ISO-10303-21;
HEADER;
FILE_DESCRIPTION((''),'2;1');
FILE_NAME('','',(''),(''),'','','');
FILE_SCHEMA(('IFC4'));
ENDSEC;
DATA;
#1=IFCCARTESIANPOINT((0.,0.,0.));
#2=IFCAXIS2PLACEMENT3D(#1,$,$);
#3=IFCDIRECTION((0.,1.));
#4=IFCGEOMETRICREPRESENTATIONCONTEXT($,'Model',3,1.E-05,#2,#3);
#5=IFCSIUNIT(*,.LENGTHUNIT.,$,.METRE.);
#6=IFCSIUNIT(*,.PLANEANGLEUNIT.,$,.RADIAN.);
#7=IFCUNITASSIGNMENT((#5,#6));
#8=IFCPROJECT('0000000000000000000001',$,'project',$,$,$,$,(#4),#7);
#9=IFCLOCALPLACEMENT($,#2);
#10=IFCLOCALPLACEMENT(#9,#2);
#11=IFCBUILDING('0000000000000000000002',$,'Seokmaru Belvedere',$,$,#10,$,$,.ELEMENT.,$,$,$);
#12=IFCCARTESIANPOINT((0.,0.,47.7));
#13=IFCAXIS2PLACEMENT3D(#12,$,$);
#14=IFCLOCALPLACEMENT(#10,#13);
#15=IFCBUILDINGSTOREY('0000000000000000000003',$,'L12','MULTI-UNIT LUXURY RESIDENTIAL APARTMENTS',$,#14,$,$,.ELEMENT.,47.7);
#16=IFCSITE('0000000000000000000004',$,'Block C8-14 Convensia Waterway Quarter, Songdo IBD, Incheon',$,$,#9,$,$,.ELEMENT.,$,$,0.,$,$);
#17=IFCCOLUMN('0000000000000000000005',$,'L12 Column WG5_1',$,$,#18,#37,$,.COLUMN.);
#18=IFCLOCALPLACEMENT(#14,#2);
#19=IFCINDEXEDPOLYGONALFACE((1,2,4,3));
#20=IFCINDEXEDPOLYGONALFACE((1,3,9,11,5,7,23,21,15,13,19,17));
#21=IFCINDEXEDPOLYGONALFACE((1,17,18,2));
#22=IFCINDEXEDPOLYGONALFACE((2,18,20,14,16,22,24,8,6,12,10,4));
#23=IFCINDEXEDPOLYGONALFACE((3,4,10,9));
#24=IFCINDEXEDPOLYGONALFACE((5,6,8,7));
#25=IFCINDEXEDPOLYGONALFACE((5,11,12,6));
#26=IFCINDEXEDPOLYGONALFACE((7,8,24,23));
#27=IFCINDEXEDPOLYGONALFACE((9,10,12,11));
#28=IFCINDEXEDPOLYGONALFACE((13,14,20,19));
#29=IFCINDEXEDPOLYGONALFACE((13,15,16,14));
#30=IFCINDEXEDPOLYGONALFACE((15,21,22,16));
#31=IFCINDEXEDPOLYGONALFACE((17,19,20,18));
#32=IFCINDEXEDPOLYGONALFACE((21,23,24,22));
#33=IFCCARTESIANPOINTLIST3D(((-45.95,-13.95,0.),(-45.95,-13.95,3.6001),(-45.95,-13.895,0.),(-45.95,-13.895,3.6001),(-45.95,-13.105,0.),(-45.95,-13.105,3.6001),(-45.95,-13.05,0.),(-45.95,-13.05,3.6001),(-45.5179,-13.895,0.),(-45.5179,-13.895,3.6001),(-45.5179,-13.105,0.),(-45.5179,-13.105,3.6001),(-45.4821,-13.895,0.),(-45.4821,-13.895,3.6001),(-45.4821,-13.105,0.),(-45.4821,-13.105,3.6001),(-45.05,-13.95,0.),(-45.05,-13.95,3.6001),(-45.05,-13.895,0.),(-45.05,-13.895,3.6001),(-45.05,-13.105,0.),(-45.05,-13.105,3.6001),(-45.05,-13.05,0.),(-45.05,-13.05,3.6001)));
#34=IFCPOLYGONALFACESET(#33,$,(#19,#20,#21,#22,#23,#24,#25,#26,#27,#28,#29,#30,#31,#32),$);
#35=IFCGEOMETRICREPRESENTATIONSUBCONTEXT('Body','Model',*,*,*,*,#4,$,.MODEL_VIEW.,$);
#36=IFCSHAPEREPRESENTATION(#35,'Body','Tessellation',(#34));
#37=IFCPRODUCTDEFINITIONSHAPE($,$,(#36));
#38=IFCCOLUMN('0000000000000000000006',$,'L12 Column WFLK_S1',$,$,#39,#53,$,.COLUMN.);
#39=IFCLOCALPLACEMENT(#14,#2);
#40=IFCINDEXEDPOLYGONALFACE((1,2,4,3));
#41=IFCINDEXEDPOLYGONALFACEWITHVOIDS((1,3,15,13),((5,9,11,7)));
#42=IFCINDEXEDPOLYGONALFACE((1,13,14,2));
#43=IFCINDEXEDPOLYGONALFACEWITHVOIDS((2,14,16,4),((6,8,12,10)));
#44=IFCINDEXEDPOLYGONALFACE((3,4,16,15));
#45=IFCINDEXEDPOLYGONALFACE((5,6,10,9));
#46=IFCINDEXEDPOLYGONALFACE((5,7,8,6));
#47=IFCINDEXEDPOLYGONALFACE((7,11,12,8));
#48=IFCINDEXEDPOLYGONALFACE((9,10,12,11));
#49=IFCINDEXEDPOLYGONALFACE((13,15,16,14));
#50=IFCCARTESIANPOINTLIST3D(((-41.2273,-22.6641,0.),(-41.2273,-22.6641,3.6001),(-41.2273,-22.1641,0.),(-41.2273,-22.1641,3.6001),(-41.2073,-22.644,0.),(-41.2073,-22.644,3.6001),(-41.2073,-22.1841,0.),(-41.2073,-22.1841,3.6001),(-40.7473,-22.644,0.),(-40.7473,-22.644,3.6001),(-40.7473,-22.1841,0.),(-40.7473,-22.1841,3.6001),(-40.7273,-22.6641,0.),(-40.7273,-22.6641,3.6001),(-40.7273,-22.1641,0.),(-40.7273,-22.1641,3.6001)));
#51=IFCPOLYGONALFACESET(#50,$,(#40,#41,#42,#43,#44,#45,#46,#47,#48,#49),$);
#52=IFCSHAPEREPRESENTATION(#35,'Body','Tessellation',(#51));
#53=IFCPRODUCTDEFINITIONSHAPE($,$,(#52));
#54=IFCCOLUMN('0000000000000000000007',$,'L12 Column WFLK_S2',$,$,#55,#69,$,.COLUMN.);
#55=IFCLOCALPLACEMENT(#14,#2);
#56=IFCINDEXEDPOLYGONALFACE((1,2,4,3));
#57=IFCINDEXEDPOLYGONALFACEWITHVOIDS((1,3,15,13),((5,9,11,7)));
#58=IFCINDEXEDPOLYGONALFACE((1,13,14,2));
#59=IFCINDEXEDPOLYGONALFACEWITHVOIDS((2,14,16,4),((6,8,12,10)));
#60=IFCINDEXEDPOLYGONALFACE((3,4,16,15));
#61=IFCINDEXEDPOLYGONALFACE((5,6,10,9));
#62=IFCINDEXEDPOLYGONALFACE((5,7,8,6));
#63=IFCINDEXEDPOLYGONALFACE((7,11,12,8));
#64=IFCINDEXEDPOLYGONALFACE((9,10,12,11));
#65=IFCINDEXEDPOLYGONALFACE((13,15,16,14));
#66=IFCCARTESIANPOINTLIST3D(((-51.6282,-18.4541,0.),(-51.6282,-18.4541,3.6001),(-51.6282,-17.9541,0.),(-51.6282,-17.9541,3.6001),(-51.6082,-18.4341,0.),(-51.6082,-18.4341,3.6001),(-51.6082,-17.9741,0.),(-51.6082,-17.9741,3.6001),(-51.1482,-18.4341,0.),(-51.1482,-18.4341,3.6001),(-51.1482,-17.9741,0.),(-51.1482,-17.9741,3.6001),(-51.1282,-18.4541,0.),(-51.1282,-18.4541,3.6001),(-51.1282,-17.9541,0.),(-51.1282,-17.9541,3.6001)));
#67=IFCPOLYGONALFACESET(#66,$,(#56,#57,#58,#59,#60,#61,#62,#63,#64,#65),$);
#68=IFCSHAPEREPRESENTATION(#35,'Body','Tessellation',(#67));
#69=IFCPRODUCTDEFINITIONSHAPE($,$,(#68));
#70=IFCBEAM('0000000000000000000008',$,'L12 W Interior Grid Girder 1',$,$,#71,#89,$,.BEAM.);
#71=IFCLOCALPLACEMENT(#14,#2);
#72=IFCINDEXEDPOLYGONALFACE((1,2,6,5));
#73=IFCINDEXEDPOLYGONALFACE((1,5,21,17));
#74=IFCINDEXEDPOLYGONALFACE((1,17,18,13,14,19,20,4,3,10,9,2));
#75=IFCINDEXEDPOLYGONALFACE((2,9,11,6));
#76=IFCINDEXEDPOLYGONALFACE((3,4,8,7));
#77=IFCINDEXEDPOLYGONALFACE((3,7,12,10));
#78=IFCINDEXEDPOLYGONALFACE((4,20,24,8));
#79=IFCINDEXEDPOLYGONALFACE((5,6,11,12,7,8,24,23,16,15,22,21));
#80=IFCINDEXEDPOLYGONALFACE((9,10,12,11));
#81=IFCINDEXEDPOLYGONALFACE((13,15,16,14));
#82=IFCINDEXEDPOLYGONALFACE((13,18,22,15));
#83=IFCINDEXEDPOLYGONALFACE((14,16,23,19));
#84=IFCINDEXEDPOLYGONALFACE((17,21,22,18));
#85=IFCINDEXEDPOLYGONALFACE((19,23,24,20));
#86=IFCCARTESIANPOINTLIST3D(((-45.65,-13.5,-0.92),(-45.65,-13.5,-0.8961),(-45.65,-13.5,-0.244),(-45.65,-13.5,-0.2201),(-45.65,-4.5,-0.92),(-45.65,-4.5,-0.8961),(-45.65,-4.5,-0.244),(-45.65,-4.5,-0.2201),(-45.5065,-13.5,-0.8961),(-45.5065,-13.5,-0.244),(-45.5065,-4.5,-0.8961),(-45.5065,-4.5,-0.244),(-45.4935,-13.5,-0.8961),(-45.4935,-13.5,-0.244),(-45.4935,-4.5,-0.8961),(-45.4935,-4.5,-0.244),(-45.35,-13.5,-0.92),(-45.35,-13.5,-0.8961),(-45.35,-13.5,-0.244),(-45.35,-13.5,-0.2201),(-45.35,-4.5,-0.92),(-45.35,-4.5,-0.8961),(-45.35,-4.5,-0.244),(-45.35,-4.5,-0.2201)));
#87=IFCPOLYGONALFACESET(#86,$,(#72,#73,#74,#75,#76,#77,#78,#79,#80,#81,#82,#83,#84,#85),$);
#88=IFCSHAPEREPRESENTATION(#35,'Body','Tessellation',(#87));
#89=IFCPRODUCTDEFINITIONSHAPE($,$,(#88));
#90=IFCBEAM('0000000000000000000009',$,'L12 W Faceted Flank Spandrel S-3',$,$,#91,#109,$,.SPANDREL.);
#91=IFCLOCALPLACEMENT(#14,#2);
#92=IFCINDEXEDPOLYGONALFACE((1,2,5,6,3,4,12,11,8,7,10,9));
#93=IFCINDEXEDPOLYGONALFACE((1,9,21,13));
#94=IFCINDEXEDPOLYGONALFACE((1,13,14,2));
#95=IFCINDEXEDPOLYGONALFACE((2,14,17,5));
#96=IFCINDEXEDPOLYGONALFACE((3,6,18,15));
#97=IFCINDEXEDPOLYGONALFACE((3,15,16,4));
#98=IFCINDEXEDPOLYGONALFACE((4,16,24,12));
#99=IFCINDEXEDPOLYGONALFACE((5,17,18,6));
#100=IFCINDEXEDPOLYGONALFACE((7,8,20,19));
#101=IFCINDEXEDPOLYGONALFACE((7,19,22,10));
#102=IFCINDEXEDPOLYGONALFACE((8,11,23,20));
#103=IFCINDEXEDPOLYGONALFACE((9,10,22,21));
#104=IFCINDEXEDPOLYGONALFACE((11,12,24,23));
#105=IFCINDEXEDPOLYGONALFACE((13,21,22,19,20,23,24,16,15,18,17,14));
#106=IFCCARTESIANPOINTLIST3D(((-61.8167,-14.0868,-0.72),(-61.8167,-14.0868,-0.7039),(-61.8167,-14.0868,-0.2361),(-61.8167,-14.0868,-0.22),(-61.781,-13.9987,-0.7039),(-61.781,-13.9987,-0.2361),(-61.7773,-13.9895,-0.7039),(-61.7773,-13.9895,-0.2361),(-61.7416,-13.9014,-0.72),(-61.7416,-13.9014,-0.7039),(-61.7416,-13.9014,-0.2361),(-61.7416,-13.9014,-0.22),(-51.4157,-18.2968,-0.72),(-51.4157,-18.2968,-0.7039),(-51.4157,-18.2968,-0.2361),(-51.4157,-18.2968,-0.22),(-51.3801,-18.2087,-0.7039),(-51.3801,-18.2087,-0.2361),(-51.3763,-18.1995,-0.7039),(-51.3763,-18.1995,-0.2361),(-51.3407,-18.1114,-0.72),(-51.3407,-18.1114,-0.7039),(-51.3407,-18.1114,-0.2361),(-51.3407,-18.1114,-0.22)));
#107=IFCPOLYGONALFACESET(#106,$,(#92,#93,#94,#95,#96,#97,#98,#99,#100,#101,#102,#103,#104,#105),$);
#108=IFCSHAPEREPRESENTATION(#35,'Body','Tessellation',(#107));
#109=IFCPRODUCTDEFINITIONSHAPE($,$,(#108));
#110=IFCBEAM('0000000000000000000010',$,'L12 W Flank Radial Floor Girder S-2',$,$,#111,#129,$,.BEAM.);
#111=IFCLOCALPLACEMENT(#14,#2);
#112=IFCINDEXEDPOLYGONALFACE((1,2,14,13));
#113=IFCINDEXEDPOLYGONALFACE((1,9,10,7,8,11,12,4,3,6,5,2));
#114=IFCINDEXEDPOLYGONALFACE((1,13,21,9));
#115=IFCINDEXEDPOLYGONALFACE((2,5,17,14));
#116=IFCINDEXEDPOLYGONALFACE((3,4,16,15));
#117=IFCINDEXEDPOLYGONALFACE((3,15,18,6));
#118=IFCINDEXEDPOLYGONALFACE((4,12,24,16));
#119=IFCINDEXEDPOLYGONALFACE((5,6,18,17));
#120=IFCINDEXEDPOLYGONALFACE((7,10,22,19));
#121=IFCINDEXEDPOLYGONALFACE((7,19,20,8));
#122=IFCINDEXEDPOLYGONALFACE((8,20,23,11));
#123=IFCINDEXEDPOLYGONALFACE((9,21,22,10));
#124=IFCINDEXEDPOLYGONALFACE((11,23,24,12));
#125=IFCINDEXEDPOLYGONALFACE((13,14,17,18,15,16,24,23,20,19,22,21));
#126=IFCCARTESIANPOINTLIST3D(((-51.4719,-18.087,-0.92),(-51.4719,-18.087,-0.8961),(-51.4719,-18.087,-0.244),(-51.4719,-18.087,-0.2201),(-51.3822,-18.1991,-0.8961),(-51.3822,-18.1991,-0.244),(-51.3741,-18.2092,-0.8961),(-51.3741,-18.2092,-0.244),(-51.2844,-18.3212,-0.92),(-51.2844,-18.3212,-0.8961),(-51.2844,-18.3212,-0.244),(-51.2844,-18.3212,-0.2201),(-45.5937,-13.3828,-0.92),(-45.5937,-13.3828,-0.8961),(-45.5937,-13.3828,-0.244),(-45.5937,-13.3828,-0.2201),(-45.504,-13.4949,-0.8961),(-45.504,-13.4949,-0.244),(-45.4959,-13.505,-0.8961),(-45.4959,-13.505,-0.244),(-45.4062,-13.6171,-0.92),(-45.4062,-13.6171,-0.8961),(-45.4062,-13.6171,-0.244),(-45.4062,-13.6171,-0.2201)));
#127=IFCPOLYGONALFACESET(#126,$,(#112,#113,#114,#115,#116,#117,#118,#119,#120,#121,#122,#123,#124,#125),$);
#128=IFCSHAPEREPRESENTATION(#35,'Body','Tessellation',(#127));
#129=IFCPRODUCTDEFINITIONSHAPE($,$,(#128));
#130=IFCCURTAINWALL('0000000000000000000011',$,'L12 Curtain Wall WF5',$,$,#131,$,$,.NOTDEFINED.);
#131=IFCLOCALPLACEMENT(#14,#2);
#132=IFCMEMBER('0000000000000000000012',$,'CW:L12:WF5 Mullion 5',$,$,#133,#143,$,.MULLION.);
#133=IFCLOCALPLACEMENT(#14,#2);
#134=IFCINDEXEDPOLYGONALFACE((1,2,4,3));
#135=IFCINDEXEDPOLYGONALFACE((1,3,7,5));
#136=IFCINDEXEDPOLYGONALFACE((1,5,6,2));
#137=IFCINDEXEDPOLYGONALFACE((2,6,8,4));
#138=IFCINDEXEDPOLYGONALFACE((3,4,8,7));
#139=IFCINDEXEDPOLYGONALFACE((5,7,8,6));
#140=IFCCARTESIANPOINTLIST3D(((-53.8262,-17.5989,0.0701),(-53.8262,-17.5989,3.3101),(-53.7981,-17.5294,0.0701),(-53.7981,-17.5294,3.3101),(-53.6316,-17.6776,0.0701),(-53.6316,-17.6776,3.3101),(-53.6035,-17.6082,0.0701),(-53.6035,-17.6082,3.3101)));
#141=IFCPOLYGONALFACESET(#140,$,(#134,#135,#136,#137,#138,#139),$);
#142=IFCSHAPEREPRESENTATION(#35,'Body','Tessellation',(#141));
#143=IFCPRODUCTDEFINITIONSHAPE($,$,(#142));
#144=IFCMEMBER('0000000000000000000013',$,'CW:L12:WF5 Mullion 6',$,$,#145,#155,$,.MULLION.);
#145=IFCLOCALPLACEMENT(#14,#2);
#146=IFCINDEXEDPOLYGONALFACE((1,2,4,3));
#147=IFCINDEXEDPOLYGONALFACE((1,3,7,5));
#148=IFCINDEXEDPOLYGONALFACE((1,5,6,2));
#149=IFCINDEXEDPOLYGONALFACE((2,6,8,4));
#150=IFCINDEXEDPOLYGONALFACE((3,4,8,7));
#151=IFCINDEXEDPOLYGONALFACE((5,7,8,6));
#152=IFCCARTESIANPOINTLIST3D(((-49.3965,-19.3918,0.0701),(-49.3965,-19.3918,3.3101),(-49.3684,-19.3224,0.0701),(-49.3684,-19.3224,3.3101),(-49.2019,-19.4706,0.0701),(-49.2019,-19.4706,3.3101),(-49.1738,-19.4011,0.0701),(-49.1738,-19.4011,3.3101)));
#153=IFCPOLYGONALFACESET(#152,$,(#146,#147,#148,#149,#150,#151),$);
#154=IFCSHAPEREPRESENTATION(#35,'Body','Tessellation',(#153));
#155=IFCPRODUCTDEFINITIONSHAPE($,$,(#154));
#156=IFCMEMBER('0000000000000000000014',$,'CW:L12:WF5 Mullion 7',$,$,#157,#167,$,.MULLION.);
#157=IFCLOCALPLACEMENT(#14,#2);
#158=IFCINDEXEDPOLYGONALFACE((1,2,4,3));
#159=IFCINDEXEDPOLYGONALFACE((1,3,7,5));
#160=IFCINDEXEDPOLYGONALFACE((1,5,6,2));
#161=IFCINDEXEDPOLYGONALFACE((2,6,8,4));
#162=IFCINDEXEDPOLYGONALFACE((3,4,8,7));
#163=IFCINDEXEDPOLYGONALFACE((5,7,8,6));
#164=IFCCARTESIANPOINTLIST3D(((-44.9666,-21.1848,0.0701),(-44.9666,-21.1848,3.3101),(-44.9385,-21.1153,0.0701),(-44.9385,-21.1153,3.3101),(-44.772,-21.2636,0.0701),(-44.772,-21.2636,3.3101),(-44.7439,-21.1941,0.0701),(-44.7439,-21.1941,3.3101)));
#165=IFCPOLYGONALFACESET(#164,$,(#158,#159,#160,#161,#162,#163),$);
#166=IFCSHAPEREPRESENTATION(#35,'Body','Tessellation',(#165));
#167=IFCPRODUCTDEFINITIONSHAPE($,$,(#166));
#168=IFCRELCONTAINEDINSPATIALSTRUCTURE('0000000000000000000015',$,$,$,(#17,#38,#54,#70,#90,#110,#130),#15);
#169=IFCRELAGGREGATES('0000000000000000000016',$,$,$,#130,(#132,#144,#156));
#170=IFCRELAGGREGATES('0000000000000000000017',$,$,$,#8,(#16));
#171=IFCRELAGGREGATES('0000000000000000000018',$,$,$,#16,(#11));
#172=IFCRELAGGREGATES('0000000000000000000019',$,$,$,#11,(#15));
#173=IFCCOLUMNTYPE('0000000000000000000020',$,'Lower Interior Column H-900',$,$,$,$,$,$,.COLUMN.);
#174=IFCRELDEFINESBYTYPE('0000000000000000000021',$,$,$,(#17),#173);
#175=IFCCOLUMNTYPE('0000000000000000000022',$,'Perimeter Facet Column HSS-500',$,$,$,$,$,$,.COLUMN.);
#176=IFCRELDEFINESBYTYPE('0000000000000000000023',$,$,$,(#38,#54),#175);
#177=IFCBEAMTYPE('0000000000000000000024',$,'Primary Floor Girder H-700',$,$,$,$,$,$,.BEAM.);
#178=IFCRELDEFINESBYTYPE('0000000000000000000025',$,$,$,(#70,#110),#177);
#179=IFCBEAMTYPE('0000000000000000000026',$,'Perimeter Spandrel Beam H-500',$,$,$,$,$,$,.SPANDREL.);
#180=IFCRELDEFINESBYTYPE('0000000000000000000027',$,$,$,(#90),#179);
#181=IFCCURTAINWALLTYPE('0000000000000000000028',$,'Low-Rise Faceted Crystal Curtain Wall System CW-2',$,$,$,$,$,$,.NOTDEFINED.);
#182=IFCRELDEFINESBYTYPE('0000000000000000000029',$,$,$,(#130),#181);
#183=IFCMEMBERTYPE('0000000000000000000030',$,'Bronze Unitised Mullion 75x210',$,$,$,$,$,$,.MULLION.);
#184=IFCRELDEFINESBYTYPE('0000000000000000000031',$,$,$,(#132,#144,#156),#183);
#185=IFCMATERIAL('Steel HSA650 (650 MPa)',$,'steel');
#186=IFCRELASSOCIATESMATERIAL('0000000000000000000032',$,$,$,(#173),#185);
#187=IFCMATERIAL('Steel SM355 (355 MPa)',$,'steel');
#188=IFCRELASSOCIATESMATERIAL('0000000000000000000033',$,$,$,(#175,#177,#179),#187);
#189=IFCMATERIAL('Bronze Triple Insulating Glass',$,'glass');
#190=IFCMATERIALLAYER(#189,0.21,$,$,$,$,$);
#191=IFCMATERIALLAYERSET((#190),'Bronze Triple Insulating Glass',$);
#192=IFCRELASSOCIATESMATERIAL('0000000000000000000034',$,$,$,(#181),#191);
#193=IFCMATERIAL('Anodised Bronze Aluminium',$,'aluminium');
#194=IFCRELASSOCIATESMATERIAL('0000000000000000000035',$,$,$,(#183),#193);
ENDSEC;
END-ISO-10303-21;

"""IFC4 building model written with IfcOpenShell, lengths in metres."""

from ifc_helpers import new_model, si_unit, direction, frame, origin, origin_2d, place, context, subcontext, project, spatial, rectangle, hollow_rectangle, i_section, extrude, source, transform, mapped, material, layer, layer_set, material_profile, profile_set, type_object, type_shapes, element, aggregate, save


model = new_model("IFC4")

# Units and contexts
model_context = context("Model", 3, precision=1e-05, world=origin(), true_north=direction((0.0, 1.0)))
body_context = subcontext(model_context, "Body", "Model", "MODEL_VIEW")
ifc_project = project(units=[si_unit("LENGTHUNIT", "METRE"), si_unit("PLANEANGLEUNIT", "RADIAN")], contexts=[model_context])

# Site, building, storey
site_placement = place(None, origin())
site = spatial("IfcSite", under=ifc_project, at=site_placement, Name="Block C8-14 Convensia Waterway Quarter, Songdo IBD, Incheon", CompositionType="ELEMENT", RefElevation=0.0)
building_placement = place(site_placement, origin())
building = spatial("IfcBuilding", under=site, at=building_placement, Name="Seokmaru Belvedere", CompositionType="ELEMENT")
storey_placement = place(building_placement, frame((0.0, 0.0, 47.7)))
storey = spatial("IfcBuildingStorey", under=building, at=storey_placement, Name="L12", Description="MULTI-UNIT LUXURY RESIDENTIAL APARTMENTS", CompositionType="ELEMENT", Elevation=47.7)

# Columns
ifc_material_1 = material(Name="Steel HSA650 (650 MPa)", Category="steel")
ifc_material_profile_1 = material_profile(ifc_material_1, i_section(OverallWidth=0.8999, OverallDepth=0.8999, WebThickness=0.0359, FlangeThickness=0.0549, at=origin_2d()), Name="H-900x900x36x55")
ifc_profile_set_1 = profile_set([ifc_material_profile_1], Name="Steel HSA650 (650 MPa)")
column_type_1 = type_object("IfcColumnType", Name="Lower Interior Column H-900", PredefinedType="COLUMN", material=ifc_profile_set_1)
shared_shape_1 = source(origin(), body_context, "Body", "SweptSolid", [
    extrude(i_section(OverallWidth=0.8999, OverallDepth=0.8999, WebThickness=0.0359, FlangeThickness=0.0549, at=origin_2d()), origin(), (0.0, 0.0, 1.0), 3.6001),
])
type_shapes(column_type_1, [shared_shape_1])
column_placement = place(storey_placement, frame((-45.5, -13.5, 0.0), z_axis=(0.0, 0.0, 1.0), x_axis=(1.0, 0.0, 0.0)))
element("IfcColumn", 1, at=column_placement, inside=storey, type_object=column_type_1, Name="L12 Column WG5_1", PredefinedType="COLUMN", context=body_context, shape_type="MappedRepresentation", body=[
    mapped(shared_shape_1, transform((0.0, 0.0, 0.0), scale=1.0)),
])
ifc_material_2 = material(Name="Steel SM355 (355 MPa)", Category="steel")
ifc_material_profile_2 = material_profile(ifc_material_2, hollow_rectangle(XDim=0.5, YDim=0.5, WallThickness=0.02, at=origin_2d()), Name="HSS-500x500x20")
ifc_profile_set_2 = profile_set([ifc_material_profile_2], Name="Steel SM355 (355 MPa)")
column_type_2 = type_object("IfcColumnType", Name="Perimeter Facet Column HSS-500", PredefinedType="COLUMN", material=ifc_profile_set_2)
shared_shape_2 = source(origin(), body_context, "Body", "SweptSolid", [
    extrude(hollow_rectangle(XDim=0.5, YDim=0.5, WallThickness=0.02, at=origin_2d()), origin(), (0.0, 0.0, 1.0), 3.6001),
])
type_shapes(column_type_2, [shared_shape_2])
for number, where, z_axis, x_axis, name in (
    (2, (-40.9773, -22.4141, 0.0), (0.0, 0.0, 1.0), (1.0, 0.0, 0.0), "L12 Column WFLK_S1"),
    (3, (-51.3782, -18.2041, 0.0), (0.0, 0.0, 1.0), (1.0, 0.0, 0.0), "L12 Column WFLK_S2"),
):
    element("IfcColumn", number, at=place(storey_placement, frame(where, z_axis=z_axis, x_axis=x_axis)), inside=storey, type_object=column_type_2, Name=name, PredefinedType="COLUMN", context=body_context, shape_type="MappedRepresentation", body=[
        mapped(shared_shape_2, transform((0.0, 0.0, 0.0), scale=1.0)),
    ])

# Beams
ifc_material_profile_3 = material_profile(ifc_material_2, i_section(OverallWidth=0.3, OverallDepth=0.7, WebThickness=0.0129, FlangeThickness=0.0239, at=origin_2d()), Name="H-700x300x13x24")
ifc_profile_set_3 = profile_set([ifc_material_profile_3], Name="Steel SM355 (355 MPa)")
beam_type_1 = type_object("IfcBeamType", Name="Primary Floor Girder H-700", PredefinedType="BEAM", material=ifc_profile_set_3)
shared_shape_3 = source(origin(), body_context, "Body", "SweptSolid", [
    extrude(i_section(OverallWidth=0.3, OverallDepth=0.7, WebThickness=0.0129, FlangeThickness=0.0239, at=origin_2d()), origin(), (0.0, 0.0, 1.0), 9.0),
])
beam_1_placement = place(storey_placement, frame((-45.5, -13.5, -0.5701), z_axis=(0.0, 1.0, 0.0), x_axis=(-1.0, 0.0, 0.0)))
element("IfcBeam", 4, at=beam_1_placement, inside=storey, type_object=beam_type_1, Name="L12 W Interior Grid Girder 1", PredefinedType="BEAM", context=body_context, shape_type="MappedRepresentation", body=[
    mapped(shared_shape_3, transform((0.0, 0.0, 0.0), scale=1.0)),
])
ifc_material_profile_4 = material_profile(ifc_material_2, i_section(OverallWidth=0.2, OverallDepth=0.5, WebThickness=0.01, FlangeThickness=0.0161, at=origin_2d()), Name="H-500x200x10x16")
ifc_profile_set_4 = profile_set([ifc_material_profile_4], Name="Steel SM355 (355 MPa)")
beam_type_2 = type_object("IfcBeamType", Name="Perimeter Spandrel Beam H-500", PredefinedType="SPANDREL", material=ifc_profile_set_4)
shared_shape_4 = source(origin(), body_context, "Body", "SweptSolid", [
    extrude(i_section(OverallWidth=0.2, OverallDepth=0.5, WebThickness=0.01, FlangeThickness=0.0161, at=origin_2d()), origin(), (0.0, 0.0, 1.0), 11.2207),
])
type_shapes(beam_type_2, [shared_shape_4])
beam_2_placement = place(storey_placement, frame((-51.3782, -18.2041, -0.47), z_axis=(-0.926944, 0.375199, 0.0), x_axis=(-0.375199, -0.926944, 0.0)))
element("IfcBeam", 5, at=beam_2_placement, inside=storey, type_object=beam_type_2, Name="L12 W Faceted Flank Spandrel S-3", PredefinedType="SPANDREL", context=body_context, shape_type="MappedRepresentation", body=[
    mapped(shared_shape_4, transform((0.0, 0.0, 0.0), scale=1.0)),
])
shared_shape_5 = source(origin(), body_context, "Body", "SweptSolid", [
    extrude(i_section(OverallWidth=0.3, OverallDepth=0.7, WebThickness=0.0129, FlangeThickness=0.0239, at=origin_2d()), origin(), (0.0, 0.0, 1.0), 7.5288),
])
type_shapes(beam_type_1, [shared_shape_3, shared_shape_5])
beam_3_placement = place(storey_placement, frame((-51.3782, -18.2041, -0.5701), z_axis=(0.780768, 0.624822, 0.0), x_axis=(-0.624822, 0.780768, 0.0)))
element("IfcBeam", 6, at=beam_3_placement, inside=storey, type_object=beam_type_1, Name="L12 W Flank Radial Floor Girder S-2", PredefinedType="BEAM", context=body_context, shape_type="MappedRepresentation", body=[
    mapped(shared_shape_5, transform((0.0, 0.0, 0.0), scale=1.0)),
])

# Curtain wall, members
ifc_material_3 = material(Name="Bronze Triple Insulating Glass", Category="glass")
ifc_layer_1 = layer(ifc_material_3, 0.21)
ifc_layer_set_1 = layer_set([ifc_layer_1], Name="Bronze Triple Insulating Glass")
curtain_wall_type = type_object("IfcCurtainWallType", Name="Low-Rise Faceted Crystal Curtain Wall System CW-2", PredefinedType="NOTDEFINED", material=ifc_layer_set_1)
curtain_wall_placement = place(storey_placement, origin())
curtain_wall = element("IfcCurtainWall", 7, at=curtain_wall_placement, inside=storey, type_object=curtain_wall_type, Name="L12 Curtain Wall WF5", PredefinedType="NOTDEFINED")
ifc_material_4 = material(Name="Anodised Bronze Aluminium", Category="aluminium")
ifc_material_profile_5 = material_profile(ifc_material_4, rectangle(XDim=0.075, YDim=0.21, at=origin_2d()), Name="CW-M-75x210")
ifc_profile_set_5 = profile_set([ifc_material_profile_5], Name="Anodised Bronze Aluminium")
member_type = type_object("IfcMemberType", Name="Bronze Unitised Mullion 75x210", PredefinedType="MULLION", material=ifc_profile_set_5)
shared_shape_6 = source(origin(), body_context, "Body", "SweptSolid", [
    extrude(rectangle(XDim=0.075, YDim=0.21, at=origin_2d()), origin(), (0.0, 0.0, 1.0), 3.24),
])
type_shapes(member_type, [shared_shape_6])
member_1_placement = place(storey_placement, frame((-53.7148, -17.6035, 0.0701), z_axis=(0.0, 0.0, 1.0), x_axis=(0.375192, 0.926947, 0.0)))
member_1 = element("IfcMember", 8, at=member_1_placement, type_object=member_type, Name="CW:L12:WF5 Mullion 5", PredefinedType="MULLION", context=body_context, shape_type="MappedRepresentation", body=[
    mapped(shared_shape_6, transform((0.0, 0.0, 0.0), scale=1.0)),
])
member_2_placement = place(storey_placement, frame((-49.2852, -19.3965, 0.0701), z_axis=(0.0, 0.0, 1.0), x_axis=(0.375192, 0.926947, 0.0)))
member_2 = element("IfcMember", 9, at=member_2_placement, type_object=member_type, Name="CW:L12:WF5 Mullion 6", PredefinedType="MULLION", context=body_context, shape_type="MappedRepresentation", body=[
    mapped(shared_shape_6, transform((0.0, 0.0, 0.0), scale=1.0)),
])
member_3_placement = place(storey_placement, frame((-44.8552, -21.1895, 0.0701), z_axis=(0.0, 0.0, 1.0), x_axis=(0.375192, 0.926947, 0.0)))
member_3 = element("IfcMember", 10, at=member_3_placement, type_object=member_type, Name="CW:L12:WF5 Mullion 7", PredefinedType="MULLION", context=body_context, shape_type="MappedRepresentation", body=[
    mapped(shared_shape_6, transform((0.0, 0.0, 0.0), scale=1.0)),
])
aggregate(curtain_wall, [member_1, member_2, member_3])

save(model, "model.ifc")
